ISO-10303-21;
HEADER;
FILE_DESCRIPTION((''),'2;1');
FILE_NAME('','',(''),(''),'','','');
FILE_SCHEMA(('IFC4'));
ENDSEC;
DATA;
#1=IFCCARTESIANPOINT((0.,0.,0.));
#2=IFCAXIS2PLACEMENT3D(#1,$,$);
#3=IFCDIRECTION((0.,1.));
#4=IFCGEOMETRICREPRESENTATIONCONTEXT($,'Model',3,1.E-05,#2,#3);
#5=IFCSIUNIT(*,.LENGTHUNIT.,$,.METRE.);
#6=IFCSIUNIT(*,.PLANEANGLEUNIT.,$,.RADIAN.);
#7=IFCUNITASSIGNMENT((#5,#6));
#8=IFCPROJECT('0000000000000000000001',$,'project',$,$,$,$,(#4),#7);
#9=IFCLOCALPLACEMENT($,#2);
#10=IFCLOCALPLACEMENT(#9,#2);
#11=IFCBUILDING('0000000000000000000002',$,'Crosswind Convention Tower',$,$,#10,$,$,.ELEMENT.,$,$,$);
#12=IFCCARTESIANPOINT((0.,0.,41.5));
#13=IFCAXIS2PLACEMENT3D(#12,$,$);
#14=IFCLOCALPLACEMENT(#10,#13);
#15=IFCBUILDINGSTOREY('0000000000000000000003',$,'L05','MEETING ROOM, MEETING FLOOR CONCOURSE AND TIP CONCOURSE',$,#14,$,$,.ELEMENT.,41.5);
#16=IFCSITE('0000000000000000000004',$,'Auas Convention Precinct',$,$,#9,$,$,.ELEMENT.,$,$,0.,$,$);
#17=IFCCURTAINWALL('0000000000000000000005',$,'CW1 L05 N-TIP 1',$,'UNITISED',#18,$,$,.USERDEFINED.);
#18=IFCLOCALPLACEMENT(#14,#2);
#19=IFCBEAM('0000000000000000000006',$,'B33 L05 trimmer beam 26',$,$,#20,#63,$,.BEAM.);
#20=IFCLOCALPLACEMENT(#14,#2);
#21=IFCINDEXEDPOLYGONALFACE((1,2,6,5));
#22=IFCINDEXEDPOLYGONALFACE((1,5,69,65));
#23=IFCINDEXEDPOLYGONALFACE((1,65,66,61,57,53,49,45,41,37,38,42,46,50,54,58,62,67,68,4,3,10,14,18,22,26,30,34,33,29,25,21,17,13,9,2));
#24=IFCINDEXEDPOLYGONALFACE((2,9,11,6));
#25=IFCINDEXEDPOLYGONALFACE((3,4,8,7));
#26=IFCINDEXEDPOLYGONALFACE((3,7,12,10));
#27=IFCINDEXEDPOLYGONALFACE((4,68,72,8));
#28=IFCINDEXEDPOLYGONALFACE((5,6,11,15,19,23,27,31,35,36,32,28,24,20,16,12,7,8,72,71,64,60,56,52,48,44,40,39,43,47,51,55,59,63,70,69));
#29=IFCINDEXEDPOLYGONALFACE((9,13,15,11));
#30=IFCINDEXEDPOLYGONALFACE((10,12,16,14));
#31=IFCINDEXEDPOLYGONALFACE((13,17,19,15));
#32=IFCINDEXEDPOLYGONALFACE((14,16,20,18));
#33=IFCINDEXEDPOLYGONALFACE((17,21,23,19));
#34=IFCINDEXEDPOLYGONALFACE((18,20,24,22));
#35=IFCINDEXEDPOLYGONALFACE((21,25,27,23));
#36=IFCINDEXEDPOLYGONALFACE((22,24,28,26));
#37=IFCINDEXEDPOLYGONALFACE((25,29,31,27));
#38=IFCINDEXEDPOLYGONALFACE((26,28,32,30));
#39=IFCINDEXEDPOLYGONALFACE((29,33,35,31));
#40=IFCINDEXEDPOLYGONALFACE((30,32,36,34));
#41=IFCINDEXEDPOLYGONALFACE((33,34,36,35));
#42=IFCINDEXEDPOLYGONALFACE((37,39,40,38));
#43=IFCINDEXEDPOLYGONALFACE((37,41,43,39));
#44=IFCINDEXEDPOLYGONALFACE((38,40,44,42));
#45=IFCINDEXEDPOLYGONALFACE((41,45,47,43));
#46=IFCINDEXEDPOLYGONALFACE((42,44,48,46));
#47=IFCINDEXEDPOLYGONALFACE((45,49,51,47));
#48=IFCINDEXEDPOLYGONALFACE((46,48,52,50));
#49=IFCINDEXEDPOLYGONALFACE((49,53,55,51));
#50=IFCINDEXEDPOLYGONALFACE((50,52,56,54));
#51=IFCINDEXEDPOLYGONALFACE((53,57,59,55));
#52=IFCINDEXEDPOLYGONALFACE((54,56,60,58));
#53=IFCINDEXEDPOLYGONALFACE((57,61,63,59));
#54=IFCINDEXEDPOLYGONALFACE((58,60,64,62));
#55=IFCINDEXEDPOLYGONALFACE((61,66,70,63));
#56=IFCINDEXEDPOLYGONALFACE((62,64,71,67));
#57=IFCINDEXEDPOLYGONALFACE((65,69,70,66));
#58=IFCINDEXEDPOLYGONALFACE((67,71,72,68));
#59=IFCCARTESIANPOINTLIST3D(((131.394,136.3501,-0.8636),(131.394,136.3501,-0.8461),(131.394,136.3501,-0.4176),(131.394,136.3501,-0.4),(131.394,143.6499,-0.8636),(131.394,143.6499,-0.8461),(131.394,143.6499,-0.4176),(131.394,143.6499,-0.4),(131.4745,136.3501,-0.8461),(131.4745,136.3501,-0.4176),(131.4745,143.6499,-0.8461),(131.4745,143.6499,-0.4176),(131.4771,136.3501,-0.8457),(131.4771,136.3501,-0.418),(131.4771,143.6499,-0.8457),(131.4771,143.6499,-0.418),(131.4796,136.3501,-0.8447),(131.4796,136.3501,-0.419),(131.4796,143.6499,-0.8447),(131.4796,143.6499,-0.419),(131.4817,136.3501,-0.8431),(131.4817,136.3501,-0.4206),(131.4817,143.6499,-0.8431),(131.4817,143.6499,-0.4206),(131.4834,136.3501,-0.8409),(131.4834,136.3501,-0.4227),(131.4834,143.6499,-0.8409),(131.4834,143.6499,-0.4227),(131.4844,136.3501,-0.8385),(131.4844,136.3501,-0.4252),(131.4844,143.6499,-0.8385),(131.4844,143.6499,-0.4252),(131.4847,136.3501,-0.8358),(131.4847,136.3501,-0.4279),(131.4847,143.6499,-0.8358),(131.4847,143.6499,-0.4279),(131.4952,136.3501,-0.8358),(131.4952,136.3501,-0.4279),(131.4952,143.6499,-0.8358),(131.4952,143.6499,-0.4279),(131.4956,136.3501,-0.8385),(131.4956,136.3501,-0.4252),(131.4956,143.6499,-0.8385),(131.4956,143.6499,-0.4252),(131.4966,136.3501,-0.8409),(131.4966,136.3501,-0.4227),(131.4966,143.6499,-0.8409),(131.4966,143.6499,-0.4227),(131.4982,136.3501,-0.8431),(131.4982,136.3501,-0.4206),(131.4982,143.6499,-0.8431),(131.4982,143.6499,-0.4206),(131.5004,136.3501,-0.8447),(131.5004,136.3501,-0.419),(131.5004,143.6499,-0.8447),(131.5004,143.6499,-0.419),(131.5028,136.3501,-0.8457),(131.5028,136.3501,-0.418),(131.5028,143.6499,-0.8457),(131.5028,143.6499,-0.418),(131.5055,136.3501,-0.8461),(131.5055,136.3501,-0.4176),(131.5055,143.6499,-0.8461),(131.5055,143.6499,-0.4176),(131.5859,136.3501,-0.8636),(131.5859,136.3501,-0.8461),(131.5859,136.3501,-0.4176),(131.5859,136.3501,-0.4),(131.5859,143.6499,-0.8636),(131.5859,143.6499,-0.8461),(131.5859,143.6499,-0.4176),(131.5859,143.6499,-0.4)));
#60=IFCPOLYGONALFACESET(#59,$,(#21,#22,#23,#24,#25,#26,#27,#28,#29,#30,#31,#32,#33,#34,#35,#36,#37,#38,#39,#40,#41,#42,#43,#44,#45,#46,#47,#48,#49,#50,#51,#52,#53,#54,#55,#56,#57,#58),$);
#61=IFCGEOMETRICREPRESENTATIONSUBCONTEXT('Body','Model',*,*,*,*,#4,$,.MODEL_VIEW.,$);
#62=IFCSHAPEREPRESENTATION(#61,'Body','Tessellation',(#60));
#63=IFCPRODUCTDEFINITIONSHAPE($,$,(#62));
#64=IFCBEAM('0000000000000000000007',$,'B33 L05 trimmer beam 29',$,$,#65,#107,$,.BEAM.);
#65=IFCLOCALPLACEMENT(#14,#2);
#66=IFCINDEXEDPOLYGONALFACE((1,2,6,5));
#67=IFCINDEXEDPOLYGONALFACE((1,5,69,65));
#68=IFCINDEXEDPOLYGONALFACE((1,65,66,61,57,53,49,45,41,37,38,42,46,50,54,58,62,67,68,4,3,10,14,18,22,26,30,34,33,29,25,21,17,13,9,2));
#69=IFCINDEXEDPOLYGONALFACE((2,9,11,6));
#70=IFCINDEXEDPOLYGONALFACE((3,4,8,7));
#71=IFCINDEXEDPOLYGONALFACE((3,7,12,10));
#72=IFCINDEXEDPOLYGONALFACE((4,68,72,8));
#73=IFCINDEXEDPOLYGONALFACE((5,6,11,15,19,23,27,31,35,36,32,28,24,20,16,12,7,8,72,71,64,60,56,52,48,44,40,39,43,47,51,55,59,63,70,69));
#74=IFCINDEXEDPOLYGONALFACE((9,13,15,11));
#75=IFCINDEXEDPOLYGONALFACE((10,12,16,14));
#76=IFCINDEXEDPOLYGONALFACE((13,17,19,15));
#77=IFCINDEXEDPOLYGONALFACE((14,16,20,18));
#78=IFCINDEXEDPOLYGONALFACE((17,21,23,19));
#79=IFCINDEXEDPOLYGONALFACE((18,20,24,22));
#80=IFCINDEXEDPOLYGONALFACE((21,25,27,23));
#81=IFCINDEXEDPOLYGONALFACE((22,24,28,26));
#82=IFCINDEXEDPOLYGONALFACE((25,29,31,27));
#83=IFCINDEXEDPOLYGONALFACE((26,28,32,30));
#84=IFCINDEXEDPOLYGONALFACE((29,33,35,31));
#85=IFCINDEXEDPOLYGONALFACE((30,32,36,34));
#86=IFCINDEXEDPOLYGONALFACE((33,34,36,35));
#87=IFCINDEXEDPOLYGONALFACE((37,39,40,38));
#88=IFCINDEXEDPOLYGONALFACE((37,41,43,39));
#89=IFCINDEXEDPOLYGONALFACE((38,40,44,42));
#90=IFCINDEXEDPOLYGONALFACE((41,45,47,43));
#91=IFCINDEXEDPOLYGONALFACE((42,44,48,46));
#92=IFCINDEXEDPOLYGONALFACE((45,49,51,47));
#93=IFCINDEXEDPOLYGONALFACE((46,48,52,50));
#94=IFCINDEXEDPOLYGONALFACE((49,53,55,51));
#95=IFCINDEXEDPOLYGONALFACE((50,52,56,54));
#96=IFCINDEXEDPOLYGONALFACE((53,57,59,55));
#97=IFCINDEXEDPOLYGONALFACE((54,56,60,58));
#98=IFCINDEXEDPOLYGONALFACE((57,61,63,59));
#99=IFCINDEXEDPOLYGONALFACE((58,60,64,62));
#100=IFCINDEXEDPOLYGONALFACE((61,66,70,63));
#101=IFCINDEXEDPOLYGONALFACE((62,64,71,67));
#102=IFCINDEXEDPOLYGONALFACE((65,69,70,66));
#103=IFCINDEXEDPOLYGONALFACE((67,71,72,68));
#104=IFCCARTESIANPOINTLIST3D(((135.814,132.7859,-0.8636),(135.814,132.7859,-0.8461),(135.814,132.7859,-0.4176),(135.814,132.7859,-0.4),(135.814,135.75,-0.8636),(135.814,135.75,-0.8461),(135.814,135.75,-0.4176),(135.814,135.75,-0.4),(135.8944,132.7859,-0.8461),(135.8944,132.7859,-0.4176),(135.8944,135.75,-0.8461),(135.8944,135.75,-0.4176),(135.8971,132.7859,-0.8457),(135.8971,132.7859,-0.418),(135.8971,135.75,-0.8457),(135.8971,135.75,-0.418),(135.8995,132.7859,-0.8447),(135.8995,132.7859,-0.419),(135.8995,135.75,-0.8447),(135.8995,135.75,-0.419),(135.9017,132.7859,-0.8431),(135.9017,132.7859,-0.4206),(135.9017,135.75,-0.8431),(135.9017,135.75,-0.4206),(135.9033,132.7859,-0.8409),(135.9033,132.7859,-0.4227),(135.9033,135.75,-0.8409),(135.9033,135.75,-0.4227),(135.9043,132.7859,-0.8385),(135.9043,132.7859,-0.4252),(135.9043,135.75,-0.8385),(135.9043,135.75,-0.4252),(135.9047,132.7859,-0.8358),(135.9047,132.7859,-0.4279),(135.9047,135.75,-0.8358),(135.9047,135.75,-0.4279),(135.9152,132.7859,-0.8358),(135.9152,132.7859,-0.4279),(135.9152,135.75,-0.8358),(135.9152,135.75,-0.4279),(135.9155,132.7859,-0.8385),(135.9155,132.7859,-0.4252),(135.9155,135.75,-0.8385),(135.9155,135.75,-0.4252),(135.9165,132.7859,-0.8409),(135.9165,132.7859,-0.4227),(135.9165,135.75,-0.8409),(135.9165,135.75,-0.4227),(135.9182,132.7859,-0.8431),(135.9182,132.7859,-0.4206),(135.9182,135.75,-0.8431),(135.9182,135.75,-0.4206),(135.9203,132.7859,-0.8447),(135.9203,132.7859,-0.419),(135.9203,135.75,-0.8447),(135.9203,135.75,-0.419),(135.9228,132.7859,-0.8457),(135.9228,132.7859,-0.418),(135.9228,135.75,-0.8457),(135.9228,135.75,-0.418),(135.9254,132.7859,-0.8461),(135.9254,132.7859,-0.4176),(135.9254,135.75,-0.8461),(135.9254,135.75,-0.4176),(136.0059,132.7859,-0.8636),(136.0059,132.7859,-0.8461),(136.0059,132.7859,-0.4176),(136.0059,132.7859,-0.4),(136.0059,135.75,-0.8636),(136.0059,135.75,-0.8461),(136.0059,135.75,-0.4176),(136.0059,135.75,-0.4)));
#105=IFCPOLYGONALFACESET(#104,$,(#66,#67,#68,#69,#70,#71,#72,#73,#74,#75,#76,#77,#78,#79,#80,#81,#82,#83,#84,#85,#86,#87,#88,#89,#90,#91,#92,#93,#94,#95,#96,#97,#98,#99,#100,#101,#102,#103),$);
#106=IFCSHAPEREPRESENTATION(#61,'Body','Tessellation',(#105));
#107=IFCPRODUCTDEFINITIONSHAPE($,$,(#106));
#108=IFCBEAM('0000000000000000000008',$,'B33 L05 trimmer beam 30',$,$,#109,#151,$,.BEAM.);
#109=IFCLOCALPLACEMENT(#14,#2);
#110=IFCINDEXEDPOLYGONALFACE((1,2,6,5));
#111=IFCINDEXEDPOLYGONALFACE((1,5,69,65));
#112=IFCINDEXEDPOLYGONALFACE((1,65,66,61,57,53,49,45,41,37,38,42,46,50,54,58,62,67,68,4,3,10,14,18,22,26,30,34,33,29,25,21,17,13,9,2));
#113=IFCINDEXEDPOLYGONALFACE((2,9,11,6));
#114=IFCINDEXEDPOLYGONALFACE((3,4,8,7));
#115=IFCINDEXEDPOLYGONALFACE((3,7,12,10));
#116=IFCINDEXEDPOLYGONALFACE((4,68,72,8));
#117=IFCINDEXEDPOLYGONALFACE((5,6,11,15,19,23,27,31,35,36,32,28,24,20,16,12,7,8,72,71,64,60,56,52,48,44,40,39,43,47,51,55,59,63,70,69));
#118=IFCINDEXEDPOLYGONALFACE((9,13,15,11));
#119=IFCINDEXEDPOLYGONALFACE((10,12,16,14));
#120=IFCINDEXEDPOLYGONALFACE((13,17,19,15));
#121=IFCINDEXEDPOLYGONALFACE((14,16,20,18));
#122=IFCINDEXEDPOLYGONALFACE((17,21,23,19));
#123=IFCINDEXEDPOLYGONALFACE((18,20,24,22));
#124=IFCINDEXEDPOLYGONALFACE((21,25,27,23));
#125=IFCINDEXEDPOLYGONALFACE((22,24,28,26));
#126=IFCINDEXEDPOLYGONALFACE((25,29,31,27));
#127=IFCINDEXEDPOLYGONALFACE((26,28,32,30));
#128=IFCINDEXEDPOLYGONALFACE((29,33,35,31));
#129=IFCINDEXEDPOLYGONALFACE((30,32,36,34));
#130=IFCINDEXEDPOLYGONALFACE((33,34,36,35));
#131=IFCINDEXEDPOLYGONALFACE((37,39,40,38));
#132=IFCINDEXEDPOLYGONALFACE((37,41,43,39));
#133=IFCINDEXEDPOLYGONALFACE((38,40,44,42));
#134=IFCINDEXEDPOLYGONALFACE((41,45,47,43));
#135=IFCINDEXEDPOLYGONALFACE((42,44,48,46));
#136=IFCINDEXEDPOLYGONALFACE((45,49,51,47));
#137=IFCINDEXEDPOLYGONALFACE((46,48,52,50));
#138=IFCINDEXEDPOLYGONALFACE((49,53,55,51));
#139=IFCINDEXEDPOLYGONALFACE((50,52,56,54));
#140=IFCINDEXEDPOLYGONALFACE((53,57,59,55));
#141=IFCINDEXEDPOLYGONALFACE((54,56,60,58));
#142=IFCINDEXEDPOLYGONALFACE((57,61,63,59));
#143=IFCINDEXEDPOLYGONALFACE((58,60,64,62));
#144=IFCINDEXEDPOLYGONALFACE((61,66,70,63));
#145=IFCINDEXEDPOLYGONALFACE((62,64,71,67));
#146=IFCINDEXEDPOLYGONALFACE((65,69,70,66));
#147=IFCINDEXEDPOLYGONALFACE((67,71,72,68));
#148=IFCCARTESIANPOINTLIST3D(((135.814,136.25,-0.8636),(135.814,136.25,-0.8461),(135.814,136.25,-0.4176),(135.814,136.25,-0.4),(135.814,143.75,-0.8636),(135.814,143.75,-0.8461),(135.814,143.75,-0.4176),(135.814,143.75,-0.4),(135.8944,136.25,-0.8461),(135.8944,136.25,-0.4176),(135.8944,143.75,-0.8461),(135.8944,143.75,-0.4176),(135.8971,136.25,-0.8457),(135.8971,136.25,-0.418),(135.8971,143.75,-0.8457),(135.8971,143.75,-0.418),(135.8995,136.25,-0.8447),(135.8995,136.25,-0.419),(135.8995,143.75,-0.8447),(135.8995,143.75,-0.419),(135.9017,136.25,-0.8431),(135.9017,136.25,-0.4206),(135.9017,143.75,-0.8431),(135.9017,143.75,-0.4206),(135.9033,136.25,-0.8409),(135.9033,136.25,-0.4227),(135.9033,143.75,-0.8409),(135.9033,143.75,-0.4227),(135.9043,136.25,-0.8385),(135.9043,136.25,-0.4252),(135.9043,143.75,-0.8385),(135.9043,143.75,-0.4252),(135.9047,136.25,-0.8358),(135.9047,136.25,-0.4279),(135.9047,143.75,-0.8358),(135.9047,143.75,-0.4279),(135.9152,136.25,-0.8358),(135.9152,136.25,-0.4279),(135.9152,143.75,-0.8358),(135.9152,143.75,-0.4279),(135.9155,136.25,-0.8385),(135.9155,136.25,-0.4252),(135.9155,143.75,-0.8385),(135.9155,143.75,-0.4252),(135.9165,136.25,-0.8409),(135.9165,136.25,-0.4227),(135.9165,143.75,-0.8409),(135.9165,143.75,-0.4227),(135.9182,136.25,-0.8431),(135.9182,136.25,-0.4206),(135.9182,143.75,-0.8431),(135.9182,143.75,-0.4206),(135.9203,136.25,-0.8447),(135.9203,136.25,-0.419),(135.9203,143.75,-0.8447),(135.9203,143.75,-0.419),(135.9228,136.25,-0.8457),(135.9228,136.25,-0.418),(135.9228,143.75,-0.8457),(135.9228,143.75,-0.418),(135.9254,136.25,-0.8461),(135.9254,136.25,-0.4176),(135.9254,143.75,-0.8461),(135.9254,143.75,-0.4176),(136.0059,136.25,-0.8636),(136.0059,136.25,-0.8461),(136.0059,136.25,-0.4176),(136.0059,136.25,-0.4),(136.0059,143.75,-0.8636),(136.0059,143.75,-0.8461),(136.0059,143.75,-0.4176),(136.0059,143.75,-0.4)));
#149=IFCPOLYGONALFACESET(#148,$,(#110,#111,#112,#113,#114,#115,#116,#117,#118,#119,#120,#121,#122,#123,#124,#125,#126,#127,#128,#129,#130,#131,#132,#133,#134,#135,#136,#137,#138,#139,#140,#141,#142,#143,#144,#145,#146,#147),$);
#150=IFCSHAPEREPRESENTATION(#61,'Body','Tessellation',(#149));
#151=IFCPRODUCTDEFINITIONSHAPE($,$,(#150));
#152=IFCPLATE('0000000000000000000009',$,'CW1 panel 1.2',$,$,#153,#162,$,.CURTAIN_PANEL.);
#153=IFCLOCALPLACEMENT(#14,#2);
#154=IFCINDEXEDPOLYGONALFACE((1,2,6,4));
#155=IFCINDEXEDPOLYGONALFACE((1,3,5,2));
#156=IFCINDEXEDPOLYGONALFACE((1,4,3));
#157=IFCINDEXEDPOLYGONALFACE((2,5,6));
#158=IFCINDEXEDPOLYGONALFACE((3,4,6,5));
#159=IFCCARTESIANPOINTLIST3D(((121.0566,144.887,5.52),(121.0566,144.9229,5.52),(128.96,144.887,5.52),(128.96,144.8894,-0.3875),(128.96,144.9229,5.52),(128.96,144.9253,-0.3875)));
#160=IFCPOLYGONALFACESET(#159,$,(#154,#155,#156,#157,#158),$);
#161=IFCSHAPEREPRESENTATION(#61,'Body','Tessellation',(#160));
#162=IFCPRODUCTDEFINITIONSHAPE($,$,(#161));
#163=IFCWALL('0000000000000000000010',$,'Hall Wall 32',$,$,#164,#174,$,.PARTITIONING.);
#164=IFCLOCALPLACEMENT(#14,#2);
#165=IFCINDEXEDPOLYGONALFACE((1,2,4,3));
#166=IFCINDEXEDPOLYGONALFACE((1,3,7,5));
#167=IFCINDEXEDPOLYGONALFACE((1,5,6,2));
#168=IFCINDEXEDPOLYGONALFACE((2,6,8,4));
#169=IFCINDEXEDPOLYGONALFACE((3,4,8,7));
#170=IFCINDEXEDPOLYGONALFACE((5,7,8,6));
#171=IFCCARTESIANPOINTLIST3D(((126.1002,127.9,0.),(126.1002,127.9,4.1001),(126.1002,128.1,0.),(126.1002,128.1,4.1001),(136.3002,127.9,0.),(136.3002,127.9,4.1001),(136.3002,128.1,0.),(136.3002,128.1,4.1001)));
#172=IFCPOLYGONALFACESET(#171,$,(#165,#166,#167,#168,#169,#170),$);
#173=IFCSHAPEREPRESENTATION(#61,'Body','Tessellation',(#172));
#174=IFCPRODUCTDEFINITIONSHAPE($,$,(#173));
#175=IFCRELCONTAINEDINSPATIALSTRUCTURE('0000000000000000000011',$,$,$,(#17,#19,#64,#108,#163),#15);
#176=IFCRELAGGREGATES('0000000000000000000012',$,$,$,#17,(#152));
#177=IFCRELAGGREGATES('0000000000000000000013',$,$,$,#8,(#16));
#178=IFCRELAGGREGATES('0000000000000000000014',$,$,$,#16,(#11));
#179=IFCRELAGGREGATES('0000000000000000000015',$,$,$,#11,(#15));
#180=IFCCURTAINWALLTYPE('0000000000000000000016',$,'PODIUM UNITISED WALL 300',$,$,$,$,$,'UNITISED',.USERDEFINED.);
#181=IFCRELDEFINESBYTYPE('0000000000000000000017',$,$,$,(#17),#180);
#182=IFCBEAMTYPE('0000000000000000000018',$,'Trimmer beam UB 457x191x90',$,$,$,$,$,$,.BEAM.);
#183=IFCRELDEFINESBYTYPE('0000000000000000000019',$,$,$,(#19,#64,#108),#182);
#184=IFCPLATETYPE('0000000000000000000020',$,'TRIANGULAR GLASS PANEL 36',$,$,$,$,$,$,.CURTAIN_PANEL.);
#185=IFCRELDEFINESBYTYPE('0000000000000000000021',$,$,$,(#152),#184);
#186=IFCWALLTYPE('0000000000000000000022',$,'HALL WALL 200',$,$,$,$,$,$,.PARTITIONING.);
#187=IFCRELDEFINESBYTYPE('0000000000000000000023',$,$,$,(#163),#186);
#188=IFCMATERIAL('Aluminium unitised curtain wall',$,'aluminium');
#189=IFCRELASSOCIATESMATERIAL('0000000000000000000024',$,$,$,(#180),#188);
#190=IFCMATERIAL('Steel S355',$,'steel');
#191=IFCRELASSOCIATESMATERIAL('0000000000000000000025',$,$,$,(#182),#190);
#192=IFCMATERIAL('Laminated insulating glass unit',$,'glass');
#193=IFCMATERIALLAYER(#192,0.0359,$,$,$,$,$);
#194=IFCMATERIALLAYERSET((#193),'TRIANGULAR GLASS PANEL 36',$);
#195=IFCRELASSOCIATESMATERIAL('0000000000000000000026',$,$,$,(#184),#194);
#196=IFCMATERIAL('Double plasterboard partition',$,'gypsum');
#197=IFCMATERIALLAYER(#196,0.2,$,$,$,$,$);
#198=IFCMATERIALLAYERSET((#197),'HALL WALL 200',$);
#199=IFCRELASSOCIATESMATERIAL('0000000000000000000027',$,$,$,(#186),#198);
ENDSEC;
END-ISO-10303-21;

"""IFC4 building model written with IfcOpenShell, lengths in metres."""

from ifc_helpers import new_model, si_unit, direction, frame, frame_2d, origin, origin_2d, place, context, subcontext, project, spatial, polyline, rectangle, i_section, outline, extrude, material, layer, layer_set, material_profile, profile_set, type_object, element, aggregate, save


model = new_model("IFC4")

# Units and contexts
model_context = context("Model", 3, precision=1e-05, world=origin(), true_north=direction((0.0, 1.0)))
body_context = subcontext(model_context, "Body", "Model", "MODEL_VIEW")
ifc_project = project(units=[si_unit("LENGTHUNIT", "METRE"), si_unit("PLANEANGLEUNIT", "RADIAN")], contexts=[model_context])

# Site, building, storey
site_placement = place(None, origin())
site = spatial("IfcSite", under=ifc_project, at=site_placement, Name="Auas Convention Precinct", CompositionType="ELEMENT", RefElevation=0.0)
building_placement = place(site_placement, origin())
building = spatial("IfcBuilding", under=site, at=building_placement, Name="Crosswind Convention Tower", CompositionType="ELEMENT")
storey_placement = place(building_placement, frame((0.0, 0.0, 41.5)))
storey = spatial("IfcBuildingStorey", under=building, at=storey_placement, Name="L05", Description="MEETING ROOM, MEETING FLOOR CONCOURSE AND TIP CONCOURSE", CompositionType="ELEMENT", Elevation=41.5)

# Shared definitions
ifc_material_1 = material(Name="Steel S355", Category="steel")

# Curtain wall
ifc_material_2 = material(Name="Aluminium unitised curtain wall", Category="aluminium")
curtain_wall_type = type_object("IfcCurtainWallType", Name="PODIUM UNITISED WALL 300", ElementType="UNITISED", PredefinedType="USERDEFINED", material=ifc_material_2)
curtain_wall_placement = place(storey_placement, origin())
curtain_wall = element("IfcCurtainWall", 1, at=curtain_wall_placement, inside=storey, type_object=curtain_wall_type, Name="CW1 L05 N-TIP 1", ObjectType="UNITISED", PredefinedType="USERDEFINED")

# Beams
ifc_material_profile_1 = material_profile(ifc_material_1, i_section(OverallWidth=0.1919, OverallDepth=0.4636, WebThickness=0.0105, FlangeThickness=0.0176, FilletRadius=0.0103, at=origin_2d()), Name="UB 457x191x90")
ifc_profile_set_1 = profile_set([ifc_material_profile_1], Name="Steel S355")
beam_type_1 = type_object("IfcBeamType", Name="Trimmer beam UB 457x191x90", PredefinedType="BEAM", material=ifc_profile_set_1)
beam_1_placement = place(storey_placement, frame((131.49, 136.3501, -0.6318), z_axis=(0.0, 1.0, 0.0), x_axis=(-1.0, 0.0, 0.0)))
element("IfcBeam", 2, at=beam_1_placement, inside=storey, type_object=beam_type_1, Name="B33 L05 trimmer beam 26", PredefinedType="BEAM", context=body_context, shape_type="SweptSolid", body=[
    extrude(i_section(OverallWidth=0.1919, OverallDepth=0.4636, WebThickness=0.0105, FlangeThickness=0.0176, FilletRadius=0.0103, at=origin_2d()), origin(), (0.0, 0.0, 1.0), 7.2998),
])
beam_2_placement = place(storey_placement, frame((135.9099, 132.7859, -0.6318), z_axis=(0.0, 1.0, 0.0), x_axis=(-1.0, 0.0, 0.0)))
element("IfcBeam", 3, at=beam_2_placement, inside=storey, type_object=beam_type_1, Name="B33 L05 trimmer beam 29", PredefinedType="BEAM", context=body_context, shape_type="SweptSolid", body=[
    extrude(i_section(OverallWidth=0.1919, OverallDepth=0.4636, WebThickness=0.0105, FlangeThickness=0.0176, FilletRadius=0.0103, at=origin_2d()), origin(), (0.0, 0.0, 1.0), 2.9641),
])
beam_3_placement = place(storey_placement, frame((135.9099, 136.25, -0.6318), z_axis=(0.0, 1.0, 0.0), x_axis=(-1.0, 0.0, 0.0)))
element("IfcBeam", 4, at=beam_3_placement, inside=storey, type_object=beam_type_1, Name="B33 L05 trimmer beam 30", PredefinedType="BEAM", context=body_context, shape_type="SweptSolid", body=[
    extrude(i_section(OverallWidth=0.1919, OverallDepth=0.4636, WebThickness=0.0105, FlangeThickness=0.0176, FilletRadius=0.0103, at=origin_2d()), origin(), (0.0, 0.0, 1.0), 7.5),
])

# Plate
ifc_material_3 = material(Name="Laminated insulating glass unit", Category="glass")
ifc_layer_1 = layer(ifc_material_3, 0.0359)
ifc_layer_set_1 = layer_set([ifc_layer_1], Name="TRIANGULAR GLASS PANEL 36")
plate_type = type_object("IfcPlateType", Name="TRIANGULAR GLASS PANEL 36", PredefinedType="CURTAIN_PANEL", material=ifc_layer_set_1)
plate_placement = place(storey_placement, frame((128.96, 144.9229, 5.52), z_axis=(0.0, 1.0, 0.000413), x_axis=(0.0, 0.000413, -1.0)))
plate = element("IfcPlate", 5, at=plate_placement, type_object=plate_type, Name="CW1 panel 1.2", PredefinedType="CURTAIN_PANEL", context=body_context, shape_type="SweptSolid", body=[
    extrude(outline(polyline([(0.0, 0.0), (5.9075, 0.0), (0.0, 7.9033), (0.0, 0.0)])), origin(), (0.0, 0.0, -1.0), 0.0359),
])

# Wall
ifc_material_4 = material(Name="Double plasterboard partition", Category="gypsum")
ifc_layer_2 = layer(ifc_material_4, 0.2)
ifc_layer_set_2 = layer_set([ifc_layer_2], Name="HALL WALL 200")
wall_type_1 = type_object("IfcWallType", Name="HALL WALL 200", PredefinedType="PARTITIONING", material=ifc_layer_set_2)
wall_1_placement = place(storey_placement, frame((126.1001, 128.0, 0.0), z_axis=(0.0, 0.0, 1.0), x_axis=(1.0, 0.0, 0.0)))
element("IfcWall", 6, at=wall_1_placement, inside=storey, type_object=wall_type_1, Name="Hall Wall 32", PredefinedType="PARTITIONING", context=body_context, shape_type="SweptSolid", body=[
    extrude(rectangle(XDim=10.2, YDim=0.2, at=frame_2d((5.1001, 0.0))), origin(), (0.0, 0.0, 1.0), 4.1001),
])

aggregate(curtain_wall, [plate])

save(model, "model.ifc")
